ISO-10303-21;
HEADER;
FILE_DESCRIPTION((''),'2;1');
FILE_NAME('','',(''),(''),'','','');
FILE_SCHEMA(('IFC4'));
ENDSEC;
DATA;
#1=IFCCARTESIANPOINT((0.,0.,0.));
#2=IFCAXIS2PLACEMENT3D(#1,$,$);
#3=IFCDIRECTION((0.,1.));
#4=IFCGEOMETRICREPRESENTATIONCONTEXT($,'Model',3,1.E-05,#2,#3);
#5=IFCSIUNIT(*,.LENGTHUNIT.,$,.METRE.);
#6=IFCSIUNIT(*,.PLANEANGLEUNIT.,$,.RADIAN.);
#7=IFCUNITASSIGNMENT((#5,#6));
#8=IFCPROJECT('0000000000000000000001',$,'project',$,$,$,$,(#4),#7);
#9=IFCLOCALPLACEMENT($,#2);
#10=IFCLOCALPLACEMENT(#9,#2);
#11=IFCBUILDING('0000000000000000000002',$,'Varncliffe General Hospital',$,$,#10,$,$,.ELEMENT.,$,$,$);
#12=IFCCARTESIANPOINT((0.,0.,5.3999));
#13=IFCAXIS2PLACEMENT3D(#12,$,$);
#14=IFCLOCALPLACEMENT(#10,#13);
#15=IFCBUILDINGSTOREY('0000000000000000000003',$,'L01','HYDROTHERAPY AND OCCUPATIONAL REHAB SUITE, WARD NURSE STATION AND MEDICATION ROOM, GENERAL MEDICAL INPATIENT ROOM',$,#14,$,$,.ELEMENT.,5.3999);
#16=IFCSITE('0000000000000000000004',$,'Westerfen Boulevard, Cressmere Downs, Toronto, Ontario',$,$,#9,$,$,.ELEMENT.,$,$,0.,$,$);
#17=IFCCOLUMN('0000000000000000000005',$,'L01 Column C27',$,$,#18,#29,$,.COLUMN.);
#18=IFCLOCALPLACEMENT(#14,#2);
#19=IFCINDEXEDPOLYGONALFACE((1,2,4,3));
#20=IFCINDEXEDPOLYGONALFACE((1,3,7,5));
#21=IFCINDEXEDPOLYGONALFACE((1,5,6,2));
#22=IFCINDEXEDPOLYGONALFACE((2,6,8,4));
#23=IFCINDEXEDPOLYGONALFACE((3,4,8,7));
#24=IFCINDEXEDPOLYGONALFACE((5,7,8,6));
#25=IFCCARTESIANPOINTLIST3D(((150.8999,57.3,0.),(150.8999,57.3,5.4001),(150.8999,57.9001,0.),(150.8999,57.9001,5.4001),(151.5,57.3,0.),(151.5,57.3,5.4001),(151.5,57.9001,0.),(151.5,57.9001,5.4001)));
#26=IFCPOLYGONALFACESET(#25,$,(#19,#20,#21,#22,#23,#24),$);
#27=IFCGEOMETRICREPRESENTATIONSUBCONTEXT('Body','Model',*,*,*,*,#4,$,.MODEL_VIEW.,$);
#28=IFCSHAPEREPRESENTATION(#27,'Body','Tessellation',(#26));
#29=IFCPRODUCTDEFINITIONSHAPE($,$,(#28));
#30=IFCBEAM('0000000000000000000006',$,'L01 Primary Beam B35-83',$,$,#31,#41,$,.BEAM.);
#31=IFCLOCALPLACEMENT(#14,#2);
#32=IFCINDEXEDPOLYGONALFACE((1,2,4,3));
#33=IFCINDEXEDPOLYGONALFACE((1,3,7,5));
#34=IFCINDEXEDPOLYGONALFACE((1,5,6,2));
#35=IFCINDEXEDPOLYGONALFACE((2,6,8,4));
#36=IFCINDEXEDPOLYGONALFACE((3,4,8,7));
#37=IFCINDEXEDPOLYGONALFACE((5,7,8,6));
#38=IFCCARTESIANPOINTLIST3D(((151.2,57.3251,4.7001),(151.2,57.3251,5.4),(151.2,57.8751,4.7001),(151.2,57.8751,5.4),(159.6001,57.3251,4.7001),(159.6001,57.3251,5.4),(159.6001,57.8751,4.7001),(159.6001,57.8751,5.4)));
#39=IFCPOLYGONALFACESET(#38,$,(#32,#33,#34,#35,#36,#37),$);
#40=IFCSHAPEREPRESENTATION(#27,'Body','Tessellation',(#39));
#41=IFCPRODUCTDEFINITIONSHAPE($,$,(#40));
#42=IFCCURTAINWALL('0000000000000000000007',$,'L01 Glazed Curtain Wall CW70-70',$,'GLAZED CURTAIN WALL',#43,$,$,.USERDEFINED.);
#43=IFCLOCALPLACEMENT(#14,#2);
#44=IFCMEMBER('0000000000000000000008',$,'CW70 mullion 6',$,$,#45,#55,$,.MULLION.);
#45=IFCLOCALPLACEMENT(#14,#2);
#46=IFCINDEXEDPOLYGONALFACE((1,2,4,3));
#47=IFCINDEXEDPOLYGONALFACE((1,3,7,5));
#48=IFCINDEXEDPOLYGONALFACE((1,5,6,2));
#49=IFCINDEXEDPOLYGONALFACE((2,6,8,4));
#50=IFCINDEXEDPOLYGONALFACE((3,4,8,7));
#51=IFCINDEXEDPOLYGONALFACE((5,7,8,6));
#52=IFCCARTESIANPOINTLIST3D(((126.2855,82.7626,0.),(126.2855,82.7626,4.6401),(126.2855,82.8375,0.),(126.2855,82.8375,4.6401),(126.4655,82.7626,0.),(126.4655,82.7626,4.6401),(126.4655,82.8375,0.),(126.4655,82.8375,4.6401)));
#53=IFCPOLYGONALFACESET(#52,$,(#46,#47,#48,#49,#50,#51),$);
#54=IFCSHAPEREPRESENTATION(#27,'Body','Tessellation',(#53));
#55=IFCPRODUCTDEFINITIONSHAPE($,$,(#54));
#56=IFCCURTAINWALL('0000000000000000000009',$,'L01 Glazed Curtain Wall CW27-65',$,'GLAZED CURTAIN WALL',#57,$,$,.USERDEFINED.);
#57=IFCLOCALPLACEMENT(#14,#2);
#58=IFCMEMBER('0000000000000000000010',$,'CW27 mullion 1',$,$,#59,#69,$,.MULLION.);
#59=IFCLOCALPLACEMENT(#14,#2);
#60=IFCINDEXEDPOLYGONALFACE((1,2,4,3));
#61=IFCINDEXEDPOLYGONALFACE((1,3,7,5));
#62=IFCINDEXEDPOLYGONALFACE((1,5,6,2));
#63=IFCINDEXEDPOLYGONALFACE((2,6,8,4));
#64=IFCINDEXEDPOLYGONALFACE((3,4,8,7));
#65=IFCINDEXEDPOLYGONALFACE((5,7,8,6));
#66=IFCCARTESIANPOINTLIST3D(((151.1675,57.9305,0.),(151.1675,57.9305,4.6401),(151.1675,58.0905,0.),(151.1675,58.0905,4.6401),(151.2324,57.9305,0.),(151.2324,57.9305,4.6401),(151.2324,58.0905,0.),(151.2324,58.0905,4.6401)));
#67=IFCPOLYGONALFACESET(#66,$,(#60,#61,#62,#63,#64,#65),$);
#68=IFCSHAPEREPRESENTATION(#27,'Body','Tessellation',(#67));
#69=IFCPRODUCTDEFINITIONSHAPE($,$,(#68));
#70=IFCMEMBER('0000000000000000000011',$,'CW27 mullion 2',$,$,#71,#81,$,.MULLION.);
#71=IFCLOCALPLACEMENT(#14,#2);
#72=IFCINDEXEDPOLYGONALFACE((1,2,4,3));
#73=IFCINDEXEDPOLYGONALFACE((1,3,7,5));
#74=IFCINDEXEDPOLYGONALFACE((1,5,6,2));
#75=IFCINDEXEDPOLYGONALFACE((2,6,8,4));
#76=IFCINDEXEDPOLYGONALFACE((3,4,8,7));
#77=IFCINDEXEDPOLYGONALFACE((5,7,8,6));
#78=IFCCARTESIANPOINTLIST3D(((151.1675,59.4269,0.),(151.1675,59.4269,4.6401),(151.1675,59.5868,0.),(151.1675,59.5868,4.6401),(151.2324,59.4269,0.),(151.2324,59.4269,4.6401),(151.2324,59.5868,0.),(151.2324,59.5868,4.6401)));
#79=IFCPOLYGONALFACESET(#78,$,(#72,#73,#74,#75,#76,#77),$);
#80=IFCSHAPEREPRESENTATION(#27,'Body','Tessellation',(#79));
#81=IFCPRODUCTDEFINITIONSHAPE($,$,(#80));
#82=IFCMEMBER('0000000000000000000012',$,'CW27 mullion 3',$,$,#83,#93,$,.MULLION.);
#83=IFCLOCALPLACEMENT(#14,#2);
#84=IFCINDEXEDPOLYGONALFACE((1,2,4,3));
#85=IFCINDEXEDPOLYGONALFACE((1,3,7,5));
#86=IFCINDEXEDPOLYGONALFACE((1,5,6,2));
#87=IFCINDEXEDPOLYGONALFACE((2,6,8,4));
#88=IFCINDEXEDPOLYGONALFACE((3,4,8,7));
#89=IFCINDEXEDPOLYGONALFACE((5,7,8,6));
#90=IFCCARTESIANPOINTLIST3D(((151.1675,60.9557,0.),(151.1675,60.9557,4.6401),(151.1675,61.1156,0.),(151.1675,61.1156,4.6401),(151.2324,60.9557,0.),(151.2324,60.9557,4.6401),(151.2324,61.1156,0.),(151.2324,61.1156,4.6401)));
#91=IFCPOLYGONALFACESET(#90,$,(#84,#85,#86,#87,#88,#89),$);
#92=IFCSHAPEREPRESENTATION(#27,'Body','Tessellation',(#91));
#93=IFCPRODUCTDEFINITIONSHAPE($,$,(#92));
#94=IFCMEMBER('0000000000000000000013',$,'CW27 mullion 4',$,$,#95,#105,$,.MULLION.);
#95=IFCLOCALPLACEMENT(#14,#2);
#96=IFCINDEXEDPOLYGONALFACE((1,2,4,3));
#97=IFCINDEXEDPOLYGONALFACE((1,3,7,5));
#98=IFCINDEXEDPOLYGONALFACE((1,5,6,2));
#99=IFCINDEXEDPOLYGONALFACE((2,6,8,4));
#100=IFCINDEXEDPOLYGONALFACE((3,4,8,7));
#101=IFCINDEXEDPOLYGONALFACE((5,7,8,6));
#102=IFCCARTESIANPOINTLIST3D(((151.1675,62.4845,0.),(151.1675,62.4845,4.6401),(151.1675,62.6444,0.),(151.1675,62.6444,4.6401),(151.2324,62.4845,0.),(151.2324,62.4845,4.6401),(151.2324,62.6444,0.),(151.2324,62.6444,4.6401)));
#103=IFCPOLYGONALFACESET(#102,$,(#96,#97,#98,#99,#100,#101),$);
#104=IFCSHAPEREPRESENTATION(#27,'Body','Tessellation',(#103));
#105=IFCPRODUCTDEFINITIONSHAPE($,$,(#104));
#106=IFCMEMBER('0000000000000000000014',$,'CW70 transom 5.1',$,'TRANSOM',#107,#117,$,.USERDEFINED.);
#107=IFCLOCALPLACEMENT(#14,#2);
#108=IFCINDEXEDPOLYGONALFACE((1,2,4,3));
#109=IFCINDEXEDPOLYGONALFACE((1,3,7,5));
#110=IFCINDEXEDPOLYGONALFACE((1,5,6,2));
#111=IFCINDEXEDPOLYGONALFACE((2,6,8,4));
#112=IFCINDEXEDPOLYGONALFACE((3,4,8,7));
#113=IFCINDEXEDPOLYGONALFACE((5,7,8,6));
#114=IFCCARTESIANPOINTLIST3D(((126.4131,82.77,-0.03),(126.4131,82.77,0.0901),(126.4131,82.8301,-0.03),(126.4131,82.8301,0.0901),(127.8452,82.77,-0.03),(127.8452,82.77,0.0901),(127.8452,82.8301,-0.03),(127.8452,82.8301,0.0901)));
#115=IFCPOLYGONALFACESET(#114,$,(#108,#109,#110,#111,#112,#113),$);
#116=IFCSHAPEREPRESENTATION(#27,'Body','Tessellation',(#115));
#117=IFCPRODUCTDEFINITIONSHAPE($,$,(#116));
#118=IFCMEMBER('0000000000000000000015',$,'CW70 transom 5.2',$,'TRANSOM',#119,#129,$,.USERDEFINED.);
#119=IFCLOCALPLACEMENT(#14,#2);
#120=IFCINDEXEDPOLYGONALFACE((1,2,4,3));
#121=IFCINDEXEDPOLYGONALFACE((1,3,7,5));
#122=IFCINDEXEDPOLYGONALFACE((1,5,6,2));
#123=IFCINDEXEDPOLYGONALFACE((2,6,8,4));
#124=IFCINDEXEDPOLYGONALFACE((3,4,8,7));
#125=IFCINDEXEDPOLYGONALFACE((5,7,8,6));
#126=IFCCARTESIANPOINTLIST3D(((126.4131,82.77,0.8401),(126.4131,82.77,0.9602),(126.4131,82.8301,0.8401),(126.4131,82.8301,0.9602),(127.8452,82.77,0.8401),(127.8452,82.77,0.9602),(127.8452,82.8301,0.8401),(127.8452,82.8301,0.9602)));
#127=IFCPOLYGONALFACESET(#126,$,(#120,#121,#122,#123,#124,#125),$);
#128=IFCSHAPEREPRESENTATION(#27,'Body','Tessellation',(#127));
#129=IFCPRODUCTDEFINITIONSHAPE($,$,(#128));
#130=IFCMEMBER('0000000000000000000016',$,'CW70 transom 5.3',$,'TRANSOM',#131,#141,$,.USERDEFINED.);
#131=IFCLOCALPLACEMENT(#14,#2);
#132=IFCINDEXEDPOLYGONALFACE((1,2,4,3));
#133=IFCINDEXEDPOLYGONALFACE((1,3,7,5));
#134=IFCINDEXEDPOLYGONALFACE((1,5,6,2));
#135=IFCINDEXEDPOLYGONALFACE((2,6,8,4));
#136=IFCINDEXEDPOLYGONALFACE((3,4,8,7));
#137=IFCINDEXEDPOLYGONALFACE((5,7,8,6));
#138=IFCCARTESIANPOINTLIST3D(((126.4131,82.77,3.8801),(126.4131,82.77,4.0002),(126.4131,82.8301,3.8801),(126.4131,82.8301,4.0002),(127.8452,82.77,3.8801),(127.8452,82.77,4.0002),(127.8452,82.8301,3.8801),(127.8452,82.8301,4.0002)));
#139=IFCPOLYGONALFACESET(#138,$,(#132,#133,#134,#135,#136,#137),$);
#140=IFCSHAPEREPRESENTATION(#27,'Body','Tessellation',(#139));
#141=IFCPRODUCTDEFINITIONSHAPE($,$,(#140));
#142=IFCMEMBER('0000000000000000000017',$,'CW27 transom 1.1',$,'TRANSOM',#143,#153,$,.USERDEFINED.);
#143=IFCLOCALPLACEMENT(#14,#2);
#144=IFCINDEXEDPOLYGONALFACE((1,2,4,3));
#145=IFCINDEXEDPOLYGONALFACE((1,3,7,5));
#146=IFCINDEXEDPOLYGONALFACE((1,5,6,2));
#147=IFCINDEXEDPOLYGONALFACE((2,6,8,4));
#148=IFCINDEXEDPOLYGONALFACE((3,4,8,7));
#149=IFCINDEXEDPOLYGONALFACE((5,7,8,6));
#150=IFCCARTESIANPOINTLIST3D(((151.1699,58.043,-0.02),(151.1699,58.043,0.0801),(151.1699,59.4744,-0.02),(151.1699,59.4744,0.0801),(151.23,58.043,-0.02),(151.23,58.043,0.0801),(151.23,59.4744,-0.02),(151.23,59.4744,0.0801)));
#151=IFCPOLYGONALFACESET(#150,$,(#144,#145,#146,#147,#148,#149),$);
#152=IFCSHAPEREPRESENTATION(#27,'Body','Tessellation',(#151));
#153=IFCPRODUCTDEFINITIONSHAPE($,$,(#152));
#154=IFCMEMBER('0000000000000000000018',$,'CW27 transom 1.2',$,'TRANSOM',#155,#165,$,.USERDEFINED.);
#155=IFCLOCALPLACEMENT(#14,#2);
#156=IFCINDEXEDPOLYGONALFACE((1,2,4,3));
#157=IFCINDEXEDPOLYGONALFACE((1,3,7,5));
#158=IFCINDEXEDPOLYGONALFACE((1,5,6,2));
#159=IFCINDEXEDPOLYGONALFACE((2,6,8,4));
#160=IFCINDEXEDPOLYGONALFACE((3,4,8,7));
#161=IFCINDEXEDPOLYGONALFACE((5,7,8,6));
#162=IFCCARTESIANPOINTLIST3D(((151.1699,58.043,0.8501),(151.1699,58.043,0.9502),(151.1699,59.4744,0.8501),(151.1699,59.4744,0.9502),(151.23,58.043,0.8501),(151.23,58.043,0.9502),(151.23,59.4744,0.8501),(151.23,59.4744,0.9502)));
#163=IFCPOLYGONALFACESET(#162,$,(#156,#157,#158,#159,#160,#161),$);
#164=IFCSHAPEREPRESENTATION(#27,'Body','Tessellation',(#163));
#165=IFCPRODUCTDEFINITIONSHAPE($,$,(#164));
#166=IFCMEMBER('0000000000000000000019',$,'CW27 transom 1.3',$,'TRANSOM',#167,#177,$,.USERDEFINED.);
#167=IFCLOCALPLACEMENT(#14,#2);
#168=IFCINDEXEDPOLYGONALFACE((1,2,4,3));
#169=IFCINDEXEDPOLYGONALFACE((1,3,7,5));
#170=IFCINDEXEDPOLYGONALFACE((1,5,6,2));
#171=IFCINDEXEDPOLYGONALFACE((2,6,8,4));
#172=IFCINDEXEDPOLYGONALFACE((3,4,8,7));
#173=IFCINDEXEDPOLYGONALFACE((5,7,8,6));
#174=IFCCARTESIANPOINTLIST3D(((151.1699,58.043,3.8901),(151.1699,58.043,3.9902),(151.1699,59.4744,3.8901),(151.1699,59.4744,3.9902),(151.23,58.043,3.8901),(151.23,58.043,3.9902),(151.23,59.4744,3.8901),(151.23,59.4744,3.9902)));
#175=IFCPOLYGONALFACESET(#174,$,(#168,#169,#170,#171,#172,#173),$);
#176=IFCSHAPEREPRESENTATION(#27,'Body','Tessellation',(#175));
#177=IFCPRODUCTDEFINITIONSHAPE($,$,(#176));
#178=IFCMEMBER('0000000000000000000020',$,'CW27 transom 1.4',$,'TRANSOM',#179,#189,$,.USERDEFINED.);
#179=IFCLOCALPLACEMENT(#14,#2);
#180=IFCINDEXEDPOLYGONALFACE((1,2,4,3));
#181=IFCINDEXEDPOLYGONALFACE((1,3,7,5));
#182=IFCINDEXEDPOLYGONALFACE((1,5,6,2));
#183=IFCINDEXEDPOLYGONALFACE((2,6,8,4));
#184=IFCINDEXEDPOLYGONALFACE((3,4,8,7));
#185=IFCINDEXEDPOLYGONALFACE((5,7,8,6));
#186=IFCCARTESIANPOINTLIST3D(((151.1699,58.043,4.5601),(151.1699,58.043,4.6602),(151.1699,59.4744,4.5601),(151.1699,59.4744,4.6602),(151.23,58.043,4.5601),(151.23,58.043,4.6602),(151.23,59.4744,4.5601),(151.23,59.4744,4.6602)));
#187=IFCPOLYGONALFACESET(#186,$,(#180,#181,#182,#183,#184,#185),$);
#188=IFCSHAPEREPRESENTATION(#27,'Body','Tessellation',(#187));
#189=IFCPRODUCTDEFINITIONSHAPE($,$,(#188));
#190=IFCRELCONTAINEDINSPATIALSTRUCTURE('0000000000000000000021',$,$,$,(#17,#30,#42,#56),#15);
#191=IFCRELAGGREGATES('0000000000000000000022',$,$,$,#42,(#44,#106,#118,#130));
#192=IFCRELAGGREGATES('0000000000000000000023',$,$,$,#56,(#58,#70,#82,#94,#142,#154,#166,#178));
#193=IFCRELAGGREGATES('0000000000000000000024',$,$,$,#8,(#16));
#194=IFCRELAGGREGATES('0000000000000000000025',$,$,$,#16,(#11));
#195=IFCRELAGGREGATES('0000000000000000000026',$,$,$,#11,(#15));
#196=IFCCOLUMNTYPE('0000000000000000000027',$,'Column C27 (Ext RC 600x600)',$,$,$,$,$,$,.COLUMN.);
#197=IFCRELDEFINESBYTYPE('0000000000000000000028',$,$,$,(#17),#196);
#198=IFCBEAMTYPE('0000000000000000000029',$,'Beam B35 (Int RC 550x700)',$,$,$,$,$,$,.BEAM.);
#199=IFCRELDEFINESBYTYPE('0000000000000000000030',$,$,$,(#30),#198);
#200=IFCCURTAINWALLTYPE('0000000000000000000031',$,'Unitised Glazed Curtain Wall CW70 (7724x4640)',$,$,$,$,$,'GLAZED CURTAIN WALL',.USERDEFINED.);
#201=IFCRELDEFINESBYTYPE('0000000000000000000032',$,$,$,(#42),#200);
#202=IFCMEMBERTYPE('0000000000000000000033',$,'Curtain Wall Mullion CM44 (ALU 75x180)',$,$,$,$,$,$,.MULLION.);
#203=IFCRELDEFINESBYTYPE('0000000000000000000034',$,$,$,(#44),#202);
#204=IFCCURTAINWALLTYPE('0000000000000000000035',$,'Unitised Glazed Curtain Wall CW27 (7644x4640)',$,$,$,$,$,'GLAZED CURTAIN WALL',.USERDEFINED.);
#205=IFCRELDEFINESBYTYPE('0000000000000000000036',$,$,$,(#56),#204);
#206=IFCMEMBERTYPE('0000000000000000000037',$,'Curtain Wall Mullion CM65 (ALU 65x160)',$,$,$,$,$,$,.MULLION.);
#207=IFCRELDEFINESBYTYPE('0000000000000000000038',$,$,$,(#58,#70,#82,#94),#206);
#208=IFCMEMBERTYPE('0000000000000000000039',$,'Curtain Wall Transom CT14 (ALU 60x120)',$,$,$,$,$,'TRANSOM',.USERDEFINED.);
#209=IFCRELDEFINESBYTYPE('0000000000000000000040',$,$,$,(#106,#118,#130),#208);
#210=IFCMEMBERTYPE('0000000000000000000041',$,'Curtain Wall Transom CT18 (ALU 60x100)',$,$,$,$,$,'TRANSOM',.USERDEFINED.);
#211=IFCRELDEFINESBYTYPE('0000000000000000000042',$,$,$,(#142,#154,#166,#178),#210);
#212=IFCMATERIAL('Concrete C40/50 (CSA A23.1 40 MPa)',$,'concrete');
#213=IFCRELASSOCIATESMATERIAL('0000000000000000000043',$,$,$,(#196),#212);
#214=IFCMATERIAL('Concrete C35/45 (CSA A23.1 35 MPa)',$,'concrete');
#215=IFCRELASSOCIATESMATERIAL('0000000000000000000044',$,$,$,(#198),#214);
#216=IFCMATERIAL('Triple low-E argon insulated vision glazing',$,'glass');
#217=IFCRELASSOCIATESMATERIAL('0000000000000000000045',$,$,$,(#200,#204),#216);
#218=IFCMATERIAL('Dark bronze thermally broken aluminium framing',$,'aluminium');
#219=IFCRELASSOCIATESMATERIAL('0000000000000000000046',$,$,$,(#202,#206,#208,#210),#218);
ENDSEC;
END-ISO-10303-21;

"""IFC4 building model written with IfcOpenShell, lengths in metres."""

from ifc_helpers import new_model, si_unit, direction, frame, origin, origin_2d, place, context, subcontext, project, spatial, rectangle, extrude, material, material_profile, profile_set, type_object, element, aggregate, save


model = new_model("IFC4")

# Units and contexts
model_context = context("Model", 3, precision=1e-05, world=origin(), true_north=direction((0.0, 1.0)))
body_context = subcontext(model_context, "Body", "Model", "MODEL_VIEW")
ifc_project = project(units=[si_unit("LENGTHUNIT", "METRE"), si_unit("PLANEANGLEUNIT", "RADIAN")], contexts=[model_context])

# Site, building, storey
site_placement = place(None, origin())
site = spatial("IfcSite", under=ifc_project, at=site_placement, Name="Westerfen Boulevard, Cressmere Downs, Toronto, Ontario", CompositionType="ELEMENT", RefElevation=0.0)
building_placement = place(site_placement, origin())
building = spatial("IfcBuilding", under=site, at=building_placement, Name="Varncliffe General Hospital", CompositionType="ELEMENT")
storey_placement = place(building_placement, frame((0.0, 0.0, 5.3999)))
storey = spatial("IfcBuildingStorey", under=building, at=storey_placement, Name="L01", Description="HYDROTHERAPY AND OCCUPATIONAL REHAB SUITE, WARD NURSE STATION AND MEDICATION ROOM, GENERAL MEDICAL INPATIENT ROOM", CompositionType="ELEMENT", Elevation=5.3999)

# Column
ifc_material_1 = material(Name="Concrete C40/50 (CSA A23.1 40 MPa)", Category="concrete")
ifc_material_profile_1 = material_profile(ifc_material_1, rectangle(XDim=0.6001, YDim=0.6001, at=origin_2d()), Name="RC 600x600")
ifc_profile_set_1 = profile_set([ifc_material_profile_1], Name="Concrete C40/50 (CSA A23.1 40 MPa)")
column_type = type_object("IfcColumnType", Name="Column C27 (Ext RC 600x600)", PredefinedType="COLUMN", material=ifc_profile_set_1)
column_placement = place(storey_placement, frame((151.2, 57.6001, 0.0), z_axis=(0.0, 0.0, 1.0), x_axis=(1.0, 0.0, 0.0)))
element("IfcColumn", 1, at=column_placement, inside=storey, type_object=column_type, Name="L01 Column C27", PredefinedType="COLUMN", context=body_context, shape_type="SweptSolid", body=[
    extrude(rectangle(XDim=0.6001, YDim=0.6001, at=origin_2d()), origin(), (0.0, 0.0, 1.0), 5.4001),
])

# Beam
ifc_material_2 = material(Name="Concrete C35/45 (CSA A23.1 35 MPa)", Category="concrete")
ifc_material_profile_2 = material_profile(ifc_material_2, rectangle(XDim=0.55, YDim=0.7, at=origin_2d()), Name="RC 550x700")
ifc_profile_set_2 = profile_set([ifc_material_profile_2], Name="Concrete C35/45 (CSA A23.1 35 MPa)")
beam_type_1 = type_object("IfcBeamType", Name="Beam B35 (Int RC 550x700)", PredefinedType="BEAM", material=ifc_profile_set_2)
beam_1_placement = place(storey_placement, frame((151.2, 57.6001, 5.05), z_axis=(1.0, 0.0, 0.0), x_axis=(0.0, 1.0, 0.0)))
element("IfcBeam", 2, at=beam_1_placement, inside=storey, type_object=beam_type_1, Name="L01 Primary Beam B35-83", PredefinedType="BEAM", context=body_context, shape_type="SweptSolid", body=[
    extrude(rectangle(XDim=0.55, YDim=0.7, at=origin_2d()), origin(), (0.0, 0.0, 1.0), 8.4001),
])

# Curtain wall, member
ifc_material_3 = material(Name="Triple low-E argon insulated vision glazing", Category="glass")
curtain_wall_type_1 = type_object("IfcCurtainWallType", Name="Unitised Glazed Curtain Wall CW70 (7724x4640)", ElementType="GLAZED CURTAIN WALL", PredefinedType="USERDEFINED", material=ifc_material_3)
curtain_wall_1_placement = place(storey_placement, origin())
curtain_wall_1 = element("IfcCurtainWall", 3, at=curtain_wall_1_placement, inside=storey, type_object=curtain_wall_type_1, Name="L01 Glazed Curtain Wall CW70-70", ObjectType="GLAZED CURTAIN WALL", PredefinedType="USERDEFINED")
ifc_material_4 = material(Name="Dark bronze thermally broken aluminium framing", Category="aluminium")
ifc_material_profile_3 = material_profile(ifc_material_4, rectangle(XDim=0.075, YDim=0.1799, at=origin_2d()), Name="ALU 75x180")
ifc_profile_set_3 = profile_set([ifc_material_profile_3], Name="Dark bronze thermally broken aluminium framing")
member_type_1 = type_object("IfcMemberType", Name="Curtain Wall Mullion CM44 (ALU 75x180)", PredefinedType="MULLION", material=ifc_profile_set_3)
member_1_placement = place(storey_placement, frame((126.3755, 82.8, 0.0), z_axis=(0.0, 0.0, 1.0), x_axis=(0.0, -1.0, 0.0)))
member_1 = element("IfcMember", 4, at=member_1_placement, type_object=member_type_1, Name="CW70 mullion 6", PredefinedType="MULLION", context=body_context, shape_type="SweptSolid", body=[
    extrude(rectangle(XDim=0.075, YDim=0.1799, at=origin_2d()), origin(), (0.0, 0.0, 1.0), 4.6401),
])

# Curtain wall, members
curtain_wall_type_2 = type_object("IfcCurtainWallType", Name="Unitised Glazed Curtain Wall CW27 (7644x4640)", ElementType="GLAZED CURTAIN WALL", PredefinedType="USERDEFINED", material=ifc_material_3)
curtain_wall_2_placement = place(storey_placement, origin())
curtain_wall_2 = element("IfcCurtainWall", 5, at=curtain_wall_2_placement, inside=storey, type_object=curtain_wall_type_2, Name="L01 Glazed Curtain Wall CW27-65", ObjectType="GLAZED CURTAIN WALL", PredefinedType="USERDEFINED")
ifc_material_profile_4 = material_profile(ifc_material_4, rectangle(XDim=0.0649, YDim=0.1599, at=origin_2d()), Name="ALU 65x160")
ifc_profile_set_4 = profile_set([ifc_material_profile_4], Name="Dark bronze thermally broken aluminium framing")
member_type_2 = type_object("IfcMemberType", Name="Curtain Wall Mullion CM65 (ALU 65x160)", PredefinedType="MULLION", material=ifc_profile_set_4)
member_2_placement = place(storey_placement, frame((151.2, 58.0105, 0.0), z_axis=(0.0, 0.0, 1.0), x_axis=(-1.0, 0.0, 0.0)))
member_2 = element("IfcMember", 6, at=member_2_placement, type_object=member_type_2, Name="CW27 mullion 1", PredefinedType="MULLION", context=body_context, shape_type="SweptSolid", body=[
    extrude(rectangle(XDim=0.0649, YDim=0.1599, at=origin_2d()), origin(), (0.0, 0.0, 1.0), 4.6401),
])
member_3_placement = place(storey_placement, frame((151.2, 59.5068, 0.0), z_axis=(0.0, 0.0, 1.0), x_axis=(-1.0, 0.0, 0.0)))
member_3 = element("IfcMember", 7, at=member_3_placement, type_object=member_type_2, Name="CW27 mullion 2", PredefinedType="MULLION", context=body_context, shape_type="SweptSolid", body=[
    extrude(rectangle(XDim=0.0649, YDim=0.1599, at=origin_2d()), origin(), (0.0, 0.0, 1.0), 4.6401),
])
member_4_placement = place(storey_placement, frame((151.2, 61.0356, 0.0), z_axis=(0.0, 0.0, 1.0), x_axis=(-1.0, 0.0, 0.0)))
member_4 = element("IfcMember", 8, at=member_4_placement, type_object=member_type_2, Name="CW27 mullion 3", PredefinedType="MULLION", context=body_context, shape_type="SweptSolid", body=[
    extrude(rectangle(XDim=0.0649, YDim=0.1599, at=origin_2d()), origin(), (0.0, 0.0, 1.0), 4.6401),
])
member_5_placement = place(storey_placement, frame((151.2, 62.5645, 0.0), z_axis=(0.0, 0.0, 1.0), x_axis=(-1.0, 0.0, 0.0)))
member_5 = element("IfcMember", 9, at=member_5_placement, type_object=member_type_2, Name="CW27 mullion 4", PredefinedType="MULLION", context=body_context, shape_type="SweptSolid", body=[
    extrude(rectangle(XDim=0.0649, YDim=0.1599, at=origin_2d()), origin(), (0.0, 0.0, 1.0), 4.6401),
])

# Members
ifc_material_profile_5 = material_profile(ifc_material_4, rectangle(XDim=0.0601, YDim=0.1201, at=origin_2d()), Name="ALU 60x120")
ifc_profile_set_5 = profile_set([ifc_material_profile_5], Name="Dark bronze thermally broken aluminium framing")
member_type_3 = type_object("IfcMemberType", Name="Curtain Wall Transom CT14 (ALU 60x120)", ElementType="TRANSOM", PredefinedType="USERDEFINED", material=ifc_profile_set_5)
member_6_placement = place(storey_placement, frame((127.8452, 82.8, 0.03), z_axis=(-1.0, 0.0, 0.0), x_axis=(0.0, -1.0, 0.0)))
member_6 = element("IfcMember", 10, at=member_6_placement, type_object=member_type_3, Name="CW70 transom 5.1", ObjectType="TRANSOM", PredefinedType="USERDEFINED", context=body_context, shape_type="SweptSolid", body=[
    extrude(rectangle(XDim=0.0601, YDim=0.1201, at=origin_2d()), origin(), (0.0, 0.0, 1.0), 1.4321),
])
member_7_placement = place(storey_placement, frame((127.8452, 82.8, 0.9001), z_axis=(-1.0, 0.0, 0.0), x_axis=(0.0, -1.0, 0.0)))
member_7 = element("IfcMember", 11, at=member_7_placement, type_object=member_type_3, Name="CW70 transom 5.2", ObjectType="TRANSOM", PredefinedType="USERDEFINED", context=body_context, shape_type="SweptSolid", body=[
    extrude(rectangle(XDim=0.0601, YDim=0.1201, at=origin_2d()), origin(), (0.0, 0.0, 1.0), 1.4321),
])
member_8_placement = place(storey_placement, frame((127.8452, 82.8, 3.9402), z_axis=(-1.0, 0.0, 0.0), x_axis=(0.0, -1.0, 0.0)))
member_8 = element("IfcMember", 12, at=member_8_placement, type_object=member_type_3, Name="CW70 transom 5.3", ObjectType="TRANSOM", PredefinedType="USERDEFINED", context=body_context, shape_type="SweptSolid", body=[
    extrude(rectangle(XDim=0.0601, YDim=0.1201, at=origin_2d()), origin(), (0.0, 0.0, 1.0), 1.4321),
])
ifc_material_profile_6 = material_profile(ifc_material_4, rectangle(XDim=0.0601, YDim=0.1001, at=origin_2d()), Name="ALU 60x100")
ifc_profile_set_6 = profile_set([ifc_material_profile_6], Name="Dark bronze thermally broken aluminium framing")
member_type_4 = type_object("IfcMemberType", Name="Curtain Wall Transom CT18 (ALU 60x100)", ElementType="TRANSOM", PredefinedType="USERDEFINED", material=ifc_profile_set_6)
member_9_placement = place(storey_placement, frame((151.2, 58.043, 0.03), z_axis=(0.0, 1.0, 0.0), x_axis=(-1.0, 0.0, 0.0)))
member_9 = element("IfcMember", 13, at=member_9_placement, type_object=member_type_4, Name="CW27 transom 1.1", ObjectType="TRANSOM", PredefinedType="USERDEFINED", context=body_context, shape_type="SweptSolid", body=[
    extrude(rectangle(XDim=0.0601, YDim=0.1001, at=origin_2d()), origin(), (0.0, 0.0, 1.0), 1.4314),
])
member_10_placement = place(storey_placement, frame((151.2, 58.043, 0.9001), z_axis=(0.0, 1.0, 0.0), x_axis=(-1.0, 0.0, 0.0)))
member_10 = element("IfcMember", 14, at=member_10_placement, type_object=member_type_4, Name="CW27 transom 1.2", ObjectType="TRANSOM", PredefinedType="USERDEFINED", context=body_context, shape_type="SweptSolid", body=[
    extrude(rectangle(XDim=0.0601, YDim=0.1001, at=origin_2d()), origin(), (0.0, 0.0, 1.0), 1.4314),
])
member_11_placement = place(storey_placement, frame((151.2, 58.043, 3.9402), z_axis=(0.0, 1.0, 0.0), x_axis=(-1.0, 0.0, 0.0)))
member_11 = element("IfcMember", 15, at=member_11_placement, type_object=member_type_4, Name="CW27 transom 1.3", ObjectType="TRANSOM", PredefinedType="USERDEFINED", context=body_context, shape_type="SweptSolid", body=[
    extrude(rectangle(XDim=0.0601, YDim=0.1001, at=origin_2d()), origin(), (0.0, 0.0, 1.0), 1.4314),
])
member_12_placement = place(storey_placement, frame((151.2, 58.043, 4.6101), z_axis=(0.0, 1.0, 0.0), x_axis=(-1.0, 0.0, 0.0)))
member_12 = element("IfcMember", 16, at=member_12_placement, type_object=member_type_4, Name="CW27 transom 1.4", ObjectType="TRANSOM", PredefinedType="USERDEFINED", context=body_context, shape_type="SweptSolid", body=[
    extrude(rectangle(XDim=0.0601, YDim=0.1001, at=origin_2d()), origin(), (0.0, 0.0, 1.0), 1.4314),
])

aggregate(curtain_wall_1, [member_1, member_6, member_7, member_8])
aggregate(curtain_wall_2, [member_2, member_3, member_4, member_5, member_9, member_10, member_11, member_12])

save(model, "model.ifc")
